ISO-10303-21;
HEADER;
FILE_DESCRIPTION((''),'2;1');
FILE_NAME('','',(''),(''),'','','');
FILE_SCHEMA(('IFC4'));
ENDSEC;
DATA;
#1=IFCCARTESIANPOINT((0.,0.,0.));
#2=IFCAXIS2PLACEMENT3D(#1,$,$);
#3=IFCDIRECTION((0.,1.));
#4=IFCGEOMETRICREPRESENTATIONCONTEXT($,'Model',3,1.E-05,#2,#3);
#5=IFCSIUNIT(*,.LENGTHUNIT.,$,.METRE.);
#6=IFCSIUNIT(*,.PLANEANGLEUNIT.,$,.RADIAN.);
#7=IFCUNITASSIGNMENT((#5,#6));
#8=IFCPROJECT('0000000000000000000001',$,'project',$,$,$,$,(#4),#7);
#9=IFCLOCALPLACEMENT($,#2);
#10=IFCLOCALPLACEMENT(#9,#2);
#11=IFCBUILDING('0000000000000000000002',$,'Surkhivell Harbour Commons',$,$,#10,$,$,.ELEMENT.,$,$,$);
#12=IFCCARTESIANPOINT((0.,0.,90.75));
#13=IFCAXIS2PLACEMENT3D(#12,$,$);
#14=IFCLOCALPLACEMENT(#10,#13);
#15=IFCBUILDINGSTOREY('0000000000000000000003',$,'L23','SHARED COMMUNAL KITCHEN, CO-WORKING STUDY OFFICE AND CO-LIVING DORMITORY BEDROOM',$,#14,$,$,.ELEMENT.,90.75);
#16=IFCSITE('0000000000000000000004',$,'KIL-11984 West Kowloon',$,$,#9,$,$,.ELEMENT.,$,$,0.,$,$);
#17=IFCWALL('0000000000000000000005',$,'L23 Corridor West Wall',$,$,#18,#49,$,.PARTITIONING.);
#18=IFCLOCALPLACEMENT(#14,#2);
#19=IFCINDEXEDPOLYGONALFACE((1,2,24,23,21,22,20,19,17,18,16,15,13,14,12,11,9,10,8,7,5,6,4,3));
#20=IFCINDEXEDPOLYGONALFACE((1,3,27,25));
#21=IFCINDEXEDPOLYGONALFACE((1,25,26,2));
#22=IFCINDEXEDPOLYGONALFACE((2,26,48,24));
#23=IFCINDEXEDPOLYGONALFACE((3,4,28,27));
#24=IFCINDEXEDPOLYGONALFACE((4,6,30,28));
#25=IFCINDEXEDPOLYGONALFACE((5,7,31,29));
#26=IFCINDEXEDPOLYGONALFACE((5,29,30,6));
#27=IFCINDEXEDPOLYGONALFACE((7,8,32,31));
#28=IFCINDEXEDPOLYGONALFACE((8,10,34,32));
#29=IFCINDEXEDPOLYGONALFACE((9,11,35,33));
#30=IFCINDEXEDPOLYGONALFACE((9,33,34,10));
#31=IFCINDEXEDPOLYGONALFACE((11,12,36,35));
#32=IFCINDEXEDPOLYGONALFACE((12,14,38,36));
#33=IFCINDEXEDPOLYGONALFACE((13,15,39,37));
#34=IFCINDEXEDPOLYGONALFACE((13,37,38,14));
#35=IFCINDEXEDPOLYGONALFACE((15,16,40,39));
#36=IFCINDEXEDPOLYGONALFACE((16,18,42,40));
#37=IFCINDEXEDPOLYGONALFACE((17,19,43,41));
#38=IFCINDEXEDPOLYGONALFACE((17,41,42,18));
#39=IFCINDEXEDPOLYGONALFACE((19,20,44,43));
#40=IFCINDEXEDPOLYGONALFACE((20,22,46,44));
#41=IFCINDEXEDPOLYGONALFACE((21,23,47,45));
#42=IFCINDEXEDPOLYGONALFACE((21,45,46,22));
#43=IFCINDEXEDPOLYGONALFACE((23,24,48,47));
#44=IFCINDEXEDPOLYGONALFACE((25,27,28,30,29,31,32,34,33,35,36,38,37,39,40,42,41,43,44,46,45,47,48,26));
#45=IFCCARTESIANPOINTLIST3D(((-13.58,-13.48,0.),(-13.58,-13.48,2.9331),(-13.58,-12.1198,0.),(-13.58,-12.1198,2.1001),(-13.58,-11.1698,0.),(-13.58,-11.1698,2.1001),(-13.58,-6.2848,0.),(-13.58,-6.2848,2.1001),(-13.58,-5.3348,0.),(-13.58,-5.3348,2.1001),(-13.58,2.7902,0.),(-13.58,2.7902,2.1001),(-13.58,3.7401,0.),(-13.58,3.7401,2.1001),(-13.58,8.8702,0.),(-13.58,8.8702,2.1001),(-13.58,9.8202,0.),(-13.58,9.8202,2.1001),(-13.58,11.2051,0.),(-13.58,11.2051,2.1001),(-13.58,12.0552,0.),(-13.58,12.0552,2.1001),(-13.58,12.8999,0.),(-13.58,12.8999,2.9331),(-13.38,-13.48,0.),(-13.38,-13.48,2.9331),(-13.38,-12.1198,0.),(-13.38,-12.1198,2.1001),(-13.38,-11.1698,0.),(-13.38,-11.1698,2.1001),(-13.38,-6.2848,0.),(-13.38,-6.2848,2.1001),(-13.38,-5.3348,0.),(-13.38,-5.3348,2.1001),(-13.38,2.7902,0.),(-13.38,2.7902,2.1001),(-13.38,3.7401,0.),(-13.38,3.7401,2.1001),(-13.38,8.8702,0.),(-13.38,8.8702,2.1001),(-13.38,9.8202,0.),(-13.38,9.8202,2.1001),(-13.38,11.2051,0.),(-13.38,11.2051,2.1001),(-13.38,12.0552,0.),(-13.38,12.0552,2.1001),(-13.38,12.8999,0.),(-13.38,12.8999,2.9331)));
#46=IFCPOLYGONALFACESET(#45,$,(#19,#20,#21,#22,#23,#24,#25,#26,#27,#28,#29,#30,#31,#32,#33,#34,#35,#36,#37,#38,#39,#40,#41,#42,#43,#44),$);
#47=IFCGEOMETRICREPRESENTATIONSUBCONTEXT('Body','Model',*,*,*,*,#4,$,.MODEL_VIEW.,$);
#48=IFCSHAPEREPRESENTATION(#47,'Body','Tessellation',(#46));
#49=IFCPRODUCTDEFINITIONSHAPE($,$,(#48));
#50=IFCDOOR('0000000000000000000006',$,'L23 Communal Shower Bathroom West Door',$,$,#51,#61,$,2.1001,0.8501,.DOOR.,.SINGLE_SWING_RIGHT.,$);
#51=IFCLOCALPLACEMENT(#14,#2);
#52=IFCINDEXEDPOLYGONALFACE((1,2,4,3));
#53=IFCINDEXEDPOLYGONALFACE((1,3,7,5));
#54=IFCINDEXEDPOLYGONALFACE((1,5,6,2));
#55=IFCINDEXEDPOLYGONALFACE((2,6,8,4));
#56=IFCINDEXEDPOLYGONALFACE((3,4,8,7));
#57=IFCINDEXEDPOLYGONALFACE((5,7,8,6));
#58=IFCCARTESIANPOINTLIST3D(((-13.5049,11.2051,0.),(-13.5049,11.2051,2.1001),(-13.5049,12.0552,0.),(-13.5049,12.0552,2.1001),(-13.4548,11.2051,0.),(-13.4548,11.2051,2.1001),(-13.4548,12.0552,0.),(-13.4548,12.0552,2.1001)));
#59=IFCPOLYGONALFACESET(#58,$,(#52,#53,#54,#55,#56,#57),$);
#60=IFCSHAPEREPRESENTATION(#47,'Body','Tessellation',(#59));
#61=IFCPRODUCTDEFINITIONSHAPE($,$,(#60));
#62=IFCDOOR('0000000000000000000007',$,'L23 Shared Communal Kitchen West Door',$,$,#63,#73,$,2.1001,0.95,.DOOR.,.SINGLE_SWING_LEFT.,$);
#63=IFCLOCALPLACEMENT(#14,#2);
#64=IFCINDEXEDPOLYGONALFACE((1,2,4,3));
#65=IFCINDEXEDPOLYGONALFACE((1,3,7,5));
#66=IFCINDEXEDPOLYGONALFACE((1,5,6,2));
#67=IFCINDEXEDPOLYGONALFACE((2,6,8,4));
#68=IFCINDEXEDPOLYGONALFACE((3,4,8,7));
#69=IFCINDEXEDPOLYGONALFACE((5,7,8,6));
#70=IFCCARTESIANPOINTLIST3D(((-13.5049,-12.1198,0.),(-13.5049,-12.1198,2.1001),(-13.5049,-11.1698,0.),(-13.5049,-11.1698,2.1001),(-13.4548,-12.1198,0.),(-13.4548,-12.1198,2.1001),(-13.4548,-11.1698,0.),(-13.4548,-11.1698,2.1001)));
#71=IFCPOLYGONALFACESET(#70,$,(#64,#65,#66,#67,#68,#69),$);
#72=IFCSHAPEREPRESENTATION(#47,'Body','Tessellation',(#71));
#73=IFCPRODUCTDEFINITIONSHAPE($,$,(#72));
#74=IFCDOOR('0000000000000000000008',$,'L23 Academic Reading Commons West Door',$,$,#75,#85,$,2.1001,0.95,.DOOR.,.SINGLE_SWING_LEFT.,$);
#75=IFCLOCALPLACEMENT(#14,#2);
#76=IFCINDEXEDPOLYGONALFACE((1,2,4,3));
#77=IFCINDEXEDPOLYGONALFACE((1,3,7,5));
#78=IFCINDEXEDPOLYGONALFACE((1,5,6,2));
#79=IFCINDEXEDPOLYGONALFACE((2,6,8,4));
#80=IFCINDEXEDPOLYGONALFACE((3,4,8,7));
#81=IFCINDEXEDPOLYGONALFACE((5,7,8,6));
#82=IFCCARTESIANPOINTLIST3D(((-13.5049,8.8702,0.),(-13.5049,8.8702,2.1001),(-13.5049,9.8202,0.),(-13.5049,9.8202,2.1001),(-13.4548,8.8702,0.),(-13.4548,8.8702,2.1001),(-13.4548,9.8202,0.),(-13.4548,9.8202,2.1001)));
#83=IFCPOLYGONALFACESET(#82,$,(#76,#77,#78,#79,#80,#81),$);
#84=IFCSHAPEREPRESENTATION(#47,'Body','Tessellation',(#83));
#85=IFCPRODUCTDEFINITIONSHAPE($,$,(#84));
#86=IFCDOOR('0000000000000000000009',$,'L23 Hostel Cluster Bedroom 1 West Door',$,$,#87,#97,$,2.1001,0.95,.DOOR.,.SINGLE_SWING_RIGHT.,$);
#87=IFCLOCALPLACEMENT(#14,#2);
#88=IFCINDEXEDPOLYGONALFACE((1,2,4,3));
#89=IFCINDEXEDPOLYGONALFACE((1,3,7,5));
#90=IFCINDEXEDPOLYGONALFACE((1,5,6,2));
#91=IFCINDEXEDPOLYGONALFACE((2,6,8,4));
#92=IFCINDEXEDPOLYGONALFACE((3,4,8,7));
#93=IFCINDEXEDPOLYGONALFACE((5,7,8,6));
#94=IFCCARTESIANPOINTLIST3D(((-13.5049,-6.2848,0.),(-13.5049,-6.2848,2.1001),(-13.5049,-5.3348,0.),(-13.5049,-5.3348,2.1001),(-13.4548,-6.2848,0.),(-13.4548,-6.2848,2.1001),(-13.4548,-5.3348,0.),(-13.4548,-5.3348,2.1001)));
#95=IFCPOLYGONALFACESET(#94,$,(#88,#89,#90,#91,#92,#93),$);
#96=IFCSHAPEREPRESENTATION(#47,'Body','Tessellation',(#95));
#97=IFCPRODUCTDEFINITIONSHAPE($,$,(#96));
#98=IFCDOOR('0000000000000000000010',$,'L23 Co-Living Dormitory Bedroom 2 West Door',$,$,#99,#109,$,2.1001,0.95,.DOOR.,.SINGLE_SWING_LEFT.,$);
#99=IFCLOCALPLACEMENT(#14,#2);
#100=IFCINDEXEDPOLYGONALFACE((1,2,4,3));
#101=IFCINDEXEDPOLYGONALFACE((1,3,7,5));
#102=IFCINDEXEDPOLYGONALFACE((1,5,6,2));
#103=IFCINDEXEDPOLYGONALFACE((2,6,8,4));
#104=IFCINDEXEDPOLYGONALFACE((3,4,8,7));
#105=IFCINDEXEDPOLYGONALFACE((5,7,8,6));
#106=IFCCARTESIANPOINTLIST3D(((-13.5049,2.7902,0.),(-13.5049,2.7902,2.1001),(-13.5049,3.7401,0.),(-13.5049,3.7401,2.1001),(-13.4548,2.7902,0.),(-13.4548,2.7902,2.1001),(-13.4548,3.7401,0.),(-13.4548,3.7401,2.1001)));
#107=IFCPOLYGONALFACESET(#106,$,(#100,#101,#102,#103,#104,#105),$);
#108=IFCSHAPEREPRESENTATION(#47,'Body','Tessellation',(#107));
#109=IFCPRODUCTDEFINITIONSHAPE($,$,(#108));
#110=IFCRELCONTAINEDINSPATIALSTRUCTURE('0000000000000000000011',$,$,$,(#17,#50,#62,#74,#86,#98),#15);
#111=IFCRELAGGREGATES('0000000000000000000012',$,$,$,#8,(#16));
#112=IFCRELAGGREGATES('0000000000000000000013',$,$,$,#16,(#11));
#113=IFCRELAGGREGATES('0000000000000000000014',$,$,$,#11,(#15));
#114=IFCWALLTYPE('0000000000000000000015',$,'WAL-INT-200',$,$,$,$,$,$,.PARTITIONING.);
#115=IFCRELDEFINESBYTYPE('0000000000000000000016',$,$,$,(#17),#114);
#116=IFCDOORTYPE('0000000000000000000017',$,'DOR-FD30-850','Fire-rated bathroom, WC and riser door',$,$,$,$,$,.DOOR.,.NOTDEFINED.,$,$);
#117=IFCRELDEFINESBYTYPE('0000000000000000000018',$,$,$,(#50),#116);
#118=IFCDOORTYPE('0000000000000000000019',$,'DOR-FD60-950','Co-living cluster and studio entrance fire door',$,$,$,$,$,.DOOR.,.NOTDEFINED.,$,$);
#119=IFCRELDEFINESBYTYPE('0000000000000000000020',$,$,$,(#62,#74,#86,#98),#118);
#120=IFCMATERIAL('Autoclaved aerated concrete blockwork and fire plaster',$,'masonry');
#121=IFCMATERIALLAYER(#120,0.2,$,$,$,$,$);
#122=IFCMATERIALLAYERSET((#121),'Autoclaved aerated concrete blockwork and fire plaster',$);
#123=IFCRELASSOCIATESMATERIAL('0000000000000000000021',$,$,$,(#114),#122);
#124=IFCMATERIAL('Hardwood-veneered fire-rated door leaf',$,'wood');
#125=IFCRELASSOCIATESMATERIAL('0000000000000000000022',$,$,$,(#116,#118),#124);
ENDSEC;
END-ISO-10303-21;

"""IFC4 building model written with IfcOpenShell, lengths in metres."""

from ifc_helpers import new_model, si_unit, direction, frame, frame_2d, origin, place, context, subcontext, project, spatial, rectangle, extrude, material, layer, layer_set, type_object, element, fill, save


model = new_model("IFC4")

# Units and contexts
model_context = context("Model", 3, precision=1e-05, world=origin(), true_north=direction((0.0, 1.0)))
body_context = subcontext(model_context, "Body", "Model", "MODEL_VIEW")
ifc_project = project(units=[si_unit("LENGTHUNIT", "METRE"), si_unit("PLANEANGLEUNIT", "RADIAN")], contexts=[model_context])

# Site, building, storey
site_placement = place(None, origin())
site = spatial("IfcSite", under=ifc_project, at=site_placement, Name="KIL-11984 West Kowloon", CompositionType="ELEMENT", RefElevation=0.0)
building_placement = place(site_placement, origin())
building = spatial("IfcBuilding", under=site, at=building_placement, Name="Surkhivell Harbour Commons", CompositionType="ELEMENT")
storey_placement = place(building_placement, frame((0.0, 0.0, 90.75)))
storey = spatial("IfcBuildingStorey", under=building, at=storey_placement, Name="L23", Description="SHARED COMMUNAL KITCHEN, CO-WORKING STUDY OFFICE AND CO-LIVING DORMITORY BEDROOM", CompositionType="ELEMENT", Elevation=90.75)

# Shared definitions
ifc_material_1 = material(Name="Autoclaved aerated concrete blockwork and fire plaster", Category="masonry")
ifc_layer_1 = layer(ifc_material_1, 0.2)
ifc_layer_set_1 = layer_set([ifc_layer_1], Name="Autoclaved aerated concrete blockwork and fire plaster")
wall_type_1 = type_object("IfcWallType", Name="WAL-INT-200", PredefinedType="PARTITIONING", material=ifc_layer_set_1)

# Wall, openings, doors
ifc_material_2 = material(Name="Hardwood-veneered fire-rated door leaf", Category="wood")
door_type_1 = type_object("IfcDoorType", Name="DOR-FD30-850", Description="Fire-rated bathroom, WC and riser door", OperationType="NOTDEFINED", PredefinedType="DOOR", material=ifc_material_2)
door_type_2 = type_object("IfcDoorType", Name="DOR-FD60-950", Description="Co-living cluster and studio entrance fire door", OperationType="NOTDEFINED", PredefinedType="DOOR", material=ifc_material_2)
wall_1_placement = place(storey_placement, frame((-13.48, -13.48, 0.0), z_axis=(0.0, 0.0, 1.0), x_axis=(0.0, 1.0, 0.0)))
wall_1 = element("IfcWall", 1, at=wall_1_placement, inside=storey, type_object=wall_type_1, Name="L23 Corridor West Wall", PredefinedType="PARTITIONING", context=body_context, shape_type="SweptSolid", body=[
    extrude(rectangle(XDim=26.3799, YDim=0.2, at=frame_2d((13.1899, 0.0))), origin(), (0.0, 0.0, 1.0), 2.9331),
])
opening_1_placement = place(wall_1_placement, frame((1.3601, 0.0, 0.0)))
opening_1 = element("IfcOpeningElement", 2, at=opening_1_placement, cuts=wall_1, PredefinedType="OPENING", context=body_context, shape_type="SweptSolid", body=[
    extrude(rectangle(XDim=0.95, YDim=2.1001, at=frame_2d((0.4751, 1.05))), frame((0.0, 0.1099, 0.0), z_axis=(0.0, -1.0, 0.0), x_axis=(1.0, 0.0, 0.0)), (0.0, 0.0, 1.0), 0.22),
])
opening_2_placement = place(wall_1_placement, frame((24.6851, 0.0, 0.0)))
opening_2 = element("IfcOpeningElement", 3, at=opening_2_placement, cuts=wall_1, PredefinedType="OPENING", context=body_context, shape_type="SweptSolid", body=[
    extrude(rectangle(XDim=0.8501, YDim=2.1001, at=frame_2d((0.425, 1.05))), frame((0.0, 0.1099, 0.0), z_axis=(0.0, -1.0, 0.0), x_axis=(1.0, 0.0, 0.0)), (0.0, 0.0, 1.0), 0.22),
])
opening_3_placement = place(wall_1_placement, frame((22.3501, 0.0, 0.0)))
opening_3 = element("IfcOpeningElement", 4, at=opening_3_placement, cuts=wall_1, PredefinedType="OPENING", context=body_context, shape_type="SweptSolid", body=[
    extrude(rectangle(XDim=0.95, YDim=2.1001, at=frame_2d((0.4751, 1.05))), frame((0.0, 0.1099, 0.0), z_axis=(0.0, -1.0, 0.0), x_axis=(1.0, 0.0, 0.0)), (0.0, 0.0, 1.0), 0.22),
])
opening_4_placement = place(wall_1_placement, frame((7.1951, 0.0, 0.0)))
opening_4 = element("IfcOpeningElement", 5, at=opening_4_placement, cuts=wall_1, PredefinedType="OPENING", context=body_context, shape_type="SweptSolid", body=[
    extrude(rectangle(XDim=0.95, YDim=2.1001, at=frame_2d((0.4751, 1.05))), frame((0.0, 0.1099, 0.0), z_axis=(0.0, -1.0, 0.0), x_axis=(1.0, 0.0, 0.0)), (0.0, 0.0, 1.0), 0.22),
])
opening_5_placement = place(wall_1_placement, frame((16.27, 0.0, 0.0)))
opening_5 = element("IfcOpeningElement", 6, at=opening_5_placement, cuts=wall_1, PredefinedType="OPENING", context=body_context, shape_type="SweptSolid", body=[
    extrude(rectangle(XDim=0.95, YDim=2.1001, at=frame_2d((0.4751, 1.05))), frame((0.0, 0.1099, 0.0), z_axis=(0.0, -1.0, 0.0), x_axis=(1.0, 0.0, 0.0)), (0.0, 0.0, 1.0), 0.22),
])
door_1_placement = place(opening_2_placement, origin())
door_1 = element("IfcDoor", 7, at=door_1_placement, inside=storey, type_object=door_type_1, Name="L23 Communal Shower Bathroom West Door", OperationType="SINGLE_SWING_RIGHT", OverallHeight=2.1001, OverallWidth=0.8501, PredefinedType="DOOR", context=body_context, shape_type="SweptSolid", body=[
    extrude(rectangle(XDim=0.8501, YDim=2.1001, at=frame_2d((0.425, 1.05))), frame((0.0, 0.0249, 0.0), z_axis=(0.0, -1.0, 0.0), x_axis=(1.0, 0.0, 0.0)), (0.0, 0.0, 1.0), 0.05),
])
fill(opening_2, door_1)
door_2_placement = place(opening_1_placement, origin())
door_2 = element("IfcDoor", 8, at=door_2_placement, inside=storey, type_object=door_type_2, Name="L23 Shared Communal Kitchen West Door", OperationType="SINGLE_SWING_LEFT", OverallHeight=2.1001, OverallWidth=0.95, PredefinedType="DOOR", context=body_context, shape_type="SweptSolid", body=[
    extrude(rectangle(XDim=0.95, YDim=2.1001, at=frame_2d((0.4751, 1.05))), frame((0.0, 0.0249, 0.0), z_axis=(0.0, -1.0, 0.0), x_axis=(1.0, 0.0, 0.0)), (0.0, 0.0, 1.0), 0.05),
])
fill(opening_1, door_2)
door_3_placement = place(opening_3_placement, origin())
door_3 = element("IfcDoor", 9, at=door_3_placement, inside=storey, type_object=door_type_2, Name="L23 Academic Reading Commons West Door", OperationType="SINGLE_SWING_LEFT", OverallHeight=2.1001, OverallWidth=0.95, PredefinedType="DOOR", context=body_context, shape_type="SweptSolid", body=[
    extrude(rectangle(XDim=0.95, YDim=2.1001, at=frame_2d((0.4751, 1.05))), frame((0.0, 0.0249, 0.0), z_axis=(0.0, -1.0, 0.0), x_axis=(1.0, 0.0, 0.0)), (0.0, 0.0, 1.0), 0.05),
])
fill(opening_3, door_3)
door_4_placement = place(opening_4_placement, origin())
door_4 = element("IfcDoor", 10, at=door_4_placement, inside=storey, type_object=door_type_2, Name="L23 Hostel Cluster Bedroom 1 West Door", OperationType="SINGLE_SWING_RIGHT", OverallHeight=2.1001, OverallWidth=0.95, PredefinedType="DOOR", context=body_context, shape_type="SweptSolid", body=[
    extrude(rectangle(XDim=0.95, YDim=2.1001, at=frame_2d((0.4751, 1.05))), frame((0.0, 0.0249, 0.0), z_axis=(0.0, -1.0, 0.0), x_axis=(1.0, 0.0, 0.0)), (0.0, 0.0, 1.0), 0.05),
])
fill(opening_4, door_4)
door_5_placement = place(opening_5_placement, origin())
door_5 = element("IfcDoor", 11, at=door_5_placement, inside=storey, type_object=door_type_2, Name="L23 Co-Living Dormitory Bedroom 2 West Door", OperationType="SINGLE_SWING_LEFT", OverallHeight=2.1001, OverallWidth=0.95, PredefinedType="DOOR", context=body_context, shape_type="SweptSolid", body=[
    extrude(rectangle(XDim=0.95, YDim=2.1001, at=frame_2d((0.4751, 1.05))), frame((0.0, 0.0249, 0.0), z_axis=(0.0, -1.0, 0.0), x_axis=(1.0, 0.0, 0.0)), (0.0, 0.0, 1.0), 0.05),
])
fill(opening_5, door_5)

save(model, "model.ifc")
